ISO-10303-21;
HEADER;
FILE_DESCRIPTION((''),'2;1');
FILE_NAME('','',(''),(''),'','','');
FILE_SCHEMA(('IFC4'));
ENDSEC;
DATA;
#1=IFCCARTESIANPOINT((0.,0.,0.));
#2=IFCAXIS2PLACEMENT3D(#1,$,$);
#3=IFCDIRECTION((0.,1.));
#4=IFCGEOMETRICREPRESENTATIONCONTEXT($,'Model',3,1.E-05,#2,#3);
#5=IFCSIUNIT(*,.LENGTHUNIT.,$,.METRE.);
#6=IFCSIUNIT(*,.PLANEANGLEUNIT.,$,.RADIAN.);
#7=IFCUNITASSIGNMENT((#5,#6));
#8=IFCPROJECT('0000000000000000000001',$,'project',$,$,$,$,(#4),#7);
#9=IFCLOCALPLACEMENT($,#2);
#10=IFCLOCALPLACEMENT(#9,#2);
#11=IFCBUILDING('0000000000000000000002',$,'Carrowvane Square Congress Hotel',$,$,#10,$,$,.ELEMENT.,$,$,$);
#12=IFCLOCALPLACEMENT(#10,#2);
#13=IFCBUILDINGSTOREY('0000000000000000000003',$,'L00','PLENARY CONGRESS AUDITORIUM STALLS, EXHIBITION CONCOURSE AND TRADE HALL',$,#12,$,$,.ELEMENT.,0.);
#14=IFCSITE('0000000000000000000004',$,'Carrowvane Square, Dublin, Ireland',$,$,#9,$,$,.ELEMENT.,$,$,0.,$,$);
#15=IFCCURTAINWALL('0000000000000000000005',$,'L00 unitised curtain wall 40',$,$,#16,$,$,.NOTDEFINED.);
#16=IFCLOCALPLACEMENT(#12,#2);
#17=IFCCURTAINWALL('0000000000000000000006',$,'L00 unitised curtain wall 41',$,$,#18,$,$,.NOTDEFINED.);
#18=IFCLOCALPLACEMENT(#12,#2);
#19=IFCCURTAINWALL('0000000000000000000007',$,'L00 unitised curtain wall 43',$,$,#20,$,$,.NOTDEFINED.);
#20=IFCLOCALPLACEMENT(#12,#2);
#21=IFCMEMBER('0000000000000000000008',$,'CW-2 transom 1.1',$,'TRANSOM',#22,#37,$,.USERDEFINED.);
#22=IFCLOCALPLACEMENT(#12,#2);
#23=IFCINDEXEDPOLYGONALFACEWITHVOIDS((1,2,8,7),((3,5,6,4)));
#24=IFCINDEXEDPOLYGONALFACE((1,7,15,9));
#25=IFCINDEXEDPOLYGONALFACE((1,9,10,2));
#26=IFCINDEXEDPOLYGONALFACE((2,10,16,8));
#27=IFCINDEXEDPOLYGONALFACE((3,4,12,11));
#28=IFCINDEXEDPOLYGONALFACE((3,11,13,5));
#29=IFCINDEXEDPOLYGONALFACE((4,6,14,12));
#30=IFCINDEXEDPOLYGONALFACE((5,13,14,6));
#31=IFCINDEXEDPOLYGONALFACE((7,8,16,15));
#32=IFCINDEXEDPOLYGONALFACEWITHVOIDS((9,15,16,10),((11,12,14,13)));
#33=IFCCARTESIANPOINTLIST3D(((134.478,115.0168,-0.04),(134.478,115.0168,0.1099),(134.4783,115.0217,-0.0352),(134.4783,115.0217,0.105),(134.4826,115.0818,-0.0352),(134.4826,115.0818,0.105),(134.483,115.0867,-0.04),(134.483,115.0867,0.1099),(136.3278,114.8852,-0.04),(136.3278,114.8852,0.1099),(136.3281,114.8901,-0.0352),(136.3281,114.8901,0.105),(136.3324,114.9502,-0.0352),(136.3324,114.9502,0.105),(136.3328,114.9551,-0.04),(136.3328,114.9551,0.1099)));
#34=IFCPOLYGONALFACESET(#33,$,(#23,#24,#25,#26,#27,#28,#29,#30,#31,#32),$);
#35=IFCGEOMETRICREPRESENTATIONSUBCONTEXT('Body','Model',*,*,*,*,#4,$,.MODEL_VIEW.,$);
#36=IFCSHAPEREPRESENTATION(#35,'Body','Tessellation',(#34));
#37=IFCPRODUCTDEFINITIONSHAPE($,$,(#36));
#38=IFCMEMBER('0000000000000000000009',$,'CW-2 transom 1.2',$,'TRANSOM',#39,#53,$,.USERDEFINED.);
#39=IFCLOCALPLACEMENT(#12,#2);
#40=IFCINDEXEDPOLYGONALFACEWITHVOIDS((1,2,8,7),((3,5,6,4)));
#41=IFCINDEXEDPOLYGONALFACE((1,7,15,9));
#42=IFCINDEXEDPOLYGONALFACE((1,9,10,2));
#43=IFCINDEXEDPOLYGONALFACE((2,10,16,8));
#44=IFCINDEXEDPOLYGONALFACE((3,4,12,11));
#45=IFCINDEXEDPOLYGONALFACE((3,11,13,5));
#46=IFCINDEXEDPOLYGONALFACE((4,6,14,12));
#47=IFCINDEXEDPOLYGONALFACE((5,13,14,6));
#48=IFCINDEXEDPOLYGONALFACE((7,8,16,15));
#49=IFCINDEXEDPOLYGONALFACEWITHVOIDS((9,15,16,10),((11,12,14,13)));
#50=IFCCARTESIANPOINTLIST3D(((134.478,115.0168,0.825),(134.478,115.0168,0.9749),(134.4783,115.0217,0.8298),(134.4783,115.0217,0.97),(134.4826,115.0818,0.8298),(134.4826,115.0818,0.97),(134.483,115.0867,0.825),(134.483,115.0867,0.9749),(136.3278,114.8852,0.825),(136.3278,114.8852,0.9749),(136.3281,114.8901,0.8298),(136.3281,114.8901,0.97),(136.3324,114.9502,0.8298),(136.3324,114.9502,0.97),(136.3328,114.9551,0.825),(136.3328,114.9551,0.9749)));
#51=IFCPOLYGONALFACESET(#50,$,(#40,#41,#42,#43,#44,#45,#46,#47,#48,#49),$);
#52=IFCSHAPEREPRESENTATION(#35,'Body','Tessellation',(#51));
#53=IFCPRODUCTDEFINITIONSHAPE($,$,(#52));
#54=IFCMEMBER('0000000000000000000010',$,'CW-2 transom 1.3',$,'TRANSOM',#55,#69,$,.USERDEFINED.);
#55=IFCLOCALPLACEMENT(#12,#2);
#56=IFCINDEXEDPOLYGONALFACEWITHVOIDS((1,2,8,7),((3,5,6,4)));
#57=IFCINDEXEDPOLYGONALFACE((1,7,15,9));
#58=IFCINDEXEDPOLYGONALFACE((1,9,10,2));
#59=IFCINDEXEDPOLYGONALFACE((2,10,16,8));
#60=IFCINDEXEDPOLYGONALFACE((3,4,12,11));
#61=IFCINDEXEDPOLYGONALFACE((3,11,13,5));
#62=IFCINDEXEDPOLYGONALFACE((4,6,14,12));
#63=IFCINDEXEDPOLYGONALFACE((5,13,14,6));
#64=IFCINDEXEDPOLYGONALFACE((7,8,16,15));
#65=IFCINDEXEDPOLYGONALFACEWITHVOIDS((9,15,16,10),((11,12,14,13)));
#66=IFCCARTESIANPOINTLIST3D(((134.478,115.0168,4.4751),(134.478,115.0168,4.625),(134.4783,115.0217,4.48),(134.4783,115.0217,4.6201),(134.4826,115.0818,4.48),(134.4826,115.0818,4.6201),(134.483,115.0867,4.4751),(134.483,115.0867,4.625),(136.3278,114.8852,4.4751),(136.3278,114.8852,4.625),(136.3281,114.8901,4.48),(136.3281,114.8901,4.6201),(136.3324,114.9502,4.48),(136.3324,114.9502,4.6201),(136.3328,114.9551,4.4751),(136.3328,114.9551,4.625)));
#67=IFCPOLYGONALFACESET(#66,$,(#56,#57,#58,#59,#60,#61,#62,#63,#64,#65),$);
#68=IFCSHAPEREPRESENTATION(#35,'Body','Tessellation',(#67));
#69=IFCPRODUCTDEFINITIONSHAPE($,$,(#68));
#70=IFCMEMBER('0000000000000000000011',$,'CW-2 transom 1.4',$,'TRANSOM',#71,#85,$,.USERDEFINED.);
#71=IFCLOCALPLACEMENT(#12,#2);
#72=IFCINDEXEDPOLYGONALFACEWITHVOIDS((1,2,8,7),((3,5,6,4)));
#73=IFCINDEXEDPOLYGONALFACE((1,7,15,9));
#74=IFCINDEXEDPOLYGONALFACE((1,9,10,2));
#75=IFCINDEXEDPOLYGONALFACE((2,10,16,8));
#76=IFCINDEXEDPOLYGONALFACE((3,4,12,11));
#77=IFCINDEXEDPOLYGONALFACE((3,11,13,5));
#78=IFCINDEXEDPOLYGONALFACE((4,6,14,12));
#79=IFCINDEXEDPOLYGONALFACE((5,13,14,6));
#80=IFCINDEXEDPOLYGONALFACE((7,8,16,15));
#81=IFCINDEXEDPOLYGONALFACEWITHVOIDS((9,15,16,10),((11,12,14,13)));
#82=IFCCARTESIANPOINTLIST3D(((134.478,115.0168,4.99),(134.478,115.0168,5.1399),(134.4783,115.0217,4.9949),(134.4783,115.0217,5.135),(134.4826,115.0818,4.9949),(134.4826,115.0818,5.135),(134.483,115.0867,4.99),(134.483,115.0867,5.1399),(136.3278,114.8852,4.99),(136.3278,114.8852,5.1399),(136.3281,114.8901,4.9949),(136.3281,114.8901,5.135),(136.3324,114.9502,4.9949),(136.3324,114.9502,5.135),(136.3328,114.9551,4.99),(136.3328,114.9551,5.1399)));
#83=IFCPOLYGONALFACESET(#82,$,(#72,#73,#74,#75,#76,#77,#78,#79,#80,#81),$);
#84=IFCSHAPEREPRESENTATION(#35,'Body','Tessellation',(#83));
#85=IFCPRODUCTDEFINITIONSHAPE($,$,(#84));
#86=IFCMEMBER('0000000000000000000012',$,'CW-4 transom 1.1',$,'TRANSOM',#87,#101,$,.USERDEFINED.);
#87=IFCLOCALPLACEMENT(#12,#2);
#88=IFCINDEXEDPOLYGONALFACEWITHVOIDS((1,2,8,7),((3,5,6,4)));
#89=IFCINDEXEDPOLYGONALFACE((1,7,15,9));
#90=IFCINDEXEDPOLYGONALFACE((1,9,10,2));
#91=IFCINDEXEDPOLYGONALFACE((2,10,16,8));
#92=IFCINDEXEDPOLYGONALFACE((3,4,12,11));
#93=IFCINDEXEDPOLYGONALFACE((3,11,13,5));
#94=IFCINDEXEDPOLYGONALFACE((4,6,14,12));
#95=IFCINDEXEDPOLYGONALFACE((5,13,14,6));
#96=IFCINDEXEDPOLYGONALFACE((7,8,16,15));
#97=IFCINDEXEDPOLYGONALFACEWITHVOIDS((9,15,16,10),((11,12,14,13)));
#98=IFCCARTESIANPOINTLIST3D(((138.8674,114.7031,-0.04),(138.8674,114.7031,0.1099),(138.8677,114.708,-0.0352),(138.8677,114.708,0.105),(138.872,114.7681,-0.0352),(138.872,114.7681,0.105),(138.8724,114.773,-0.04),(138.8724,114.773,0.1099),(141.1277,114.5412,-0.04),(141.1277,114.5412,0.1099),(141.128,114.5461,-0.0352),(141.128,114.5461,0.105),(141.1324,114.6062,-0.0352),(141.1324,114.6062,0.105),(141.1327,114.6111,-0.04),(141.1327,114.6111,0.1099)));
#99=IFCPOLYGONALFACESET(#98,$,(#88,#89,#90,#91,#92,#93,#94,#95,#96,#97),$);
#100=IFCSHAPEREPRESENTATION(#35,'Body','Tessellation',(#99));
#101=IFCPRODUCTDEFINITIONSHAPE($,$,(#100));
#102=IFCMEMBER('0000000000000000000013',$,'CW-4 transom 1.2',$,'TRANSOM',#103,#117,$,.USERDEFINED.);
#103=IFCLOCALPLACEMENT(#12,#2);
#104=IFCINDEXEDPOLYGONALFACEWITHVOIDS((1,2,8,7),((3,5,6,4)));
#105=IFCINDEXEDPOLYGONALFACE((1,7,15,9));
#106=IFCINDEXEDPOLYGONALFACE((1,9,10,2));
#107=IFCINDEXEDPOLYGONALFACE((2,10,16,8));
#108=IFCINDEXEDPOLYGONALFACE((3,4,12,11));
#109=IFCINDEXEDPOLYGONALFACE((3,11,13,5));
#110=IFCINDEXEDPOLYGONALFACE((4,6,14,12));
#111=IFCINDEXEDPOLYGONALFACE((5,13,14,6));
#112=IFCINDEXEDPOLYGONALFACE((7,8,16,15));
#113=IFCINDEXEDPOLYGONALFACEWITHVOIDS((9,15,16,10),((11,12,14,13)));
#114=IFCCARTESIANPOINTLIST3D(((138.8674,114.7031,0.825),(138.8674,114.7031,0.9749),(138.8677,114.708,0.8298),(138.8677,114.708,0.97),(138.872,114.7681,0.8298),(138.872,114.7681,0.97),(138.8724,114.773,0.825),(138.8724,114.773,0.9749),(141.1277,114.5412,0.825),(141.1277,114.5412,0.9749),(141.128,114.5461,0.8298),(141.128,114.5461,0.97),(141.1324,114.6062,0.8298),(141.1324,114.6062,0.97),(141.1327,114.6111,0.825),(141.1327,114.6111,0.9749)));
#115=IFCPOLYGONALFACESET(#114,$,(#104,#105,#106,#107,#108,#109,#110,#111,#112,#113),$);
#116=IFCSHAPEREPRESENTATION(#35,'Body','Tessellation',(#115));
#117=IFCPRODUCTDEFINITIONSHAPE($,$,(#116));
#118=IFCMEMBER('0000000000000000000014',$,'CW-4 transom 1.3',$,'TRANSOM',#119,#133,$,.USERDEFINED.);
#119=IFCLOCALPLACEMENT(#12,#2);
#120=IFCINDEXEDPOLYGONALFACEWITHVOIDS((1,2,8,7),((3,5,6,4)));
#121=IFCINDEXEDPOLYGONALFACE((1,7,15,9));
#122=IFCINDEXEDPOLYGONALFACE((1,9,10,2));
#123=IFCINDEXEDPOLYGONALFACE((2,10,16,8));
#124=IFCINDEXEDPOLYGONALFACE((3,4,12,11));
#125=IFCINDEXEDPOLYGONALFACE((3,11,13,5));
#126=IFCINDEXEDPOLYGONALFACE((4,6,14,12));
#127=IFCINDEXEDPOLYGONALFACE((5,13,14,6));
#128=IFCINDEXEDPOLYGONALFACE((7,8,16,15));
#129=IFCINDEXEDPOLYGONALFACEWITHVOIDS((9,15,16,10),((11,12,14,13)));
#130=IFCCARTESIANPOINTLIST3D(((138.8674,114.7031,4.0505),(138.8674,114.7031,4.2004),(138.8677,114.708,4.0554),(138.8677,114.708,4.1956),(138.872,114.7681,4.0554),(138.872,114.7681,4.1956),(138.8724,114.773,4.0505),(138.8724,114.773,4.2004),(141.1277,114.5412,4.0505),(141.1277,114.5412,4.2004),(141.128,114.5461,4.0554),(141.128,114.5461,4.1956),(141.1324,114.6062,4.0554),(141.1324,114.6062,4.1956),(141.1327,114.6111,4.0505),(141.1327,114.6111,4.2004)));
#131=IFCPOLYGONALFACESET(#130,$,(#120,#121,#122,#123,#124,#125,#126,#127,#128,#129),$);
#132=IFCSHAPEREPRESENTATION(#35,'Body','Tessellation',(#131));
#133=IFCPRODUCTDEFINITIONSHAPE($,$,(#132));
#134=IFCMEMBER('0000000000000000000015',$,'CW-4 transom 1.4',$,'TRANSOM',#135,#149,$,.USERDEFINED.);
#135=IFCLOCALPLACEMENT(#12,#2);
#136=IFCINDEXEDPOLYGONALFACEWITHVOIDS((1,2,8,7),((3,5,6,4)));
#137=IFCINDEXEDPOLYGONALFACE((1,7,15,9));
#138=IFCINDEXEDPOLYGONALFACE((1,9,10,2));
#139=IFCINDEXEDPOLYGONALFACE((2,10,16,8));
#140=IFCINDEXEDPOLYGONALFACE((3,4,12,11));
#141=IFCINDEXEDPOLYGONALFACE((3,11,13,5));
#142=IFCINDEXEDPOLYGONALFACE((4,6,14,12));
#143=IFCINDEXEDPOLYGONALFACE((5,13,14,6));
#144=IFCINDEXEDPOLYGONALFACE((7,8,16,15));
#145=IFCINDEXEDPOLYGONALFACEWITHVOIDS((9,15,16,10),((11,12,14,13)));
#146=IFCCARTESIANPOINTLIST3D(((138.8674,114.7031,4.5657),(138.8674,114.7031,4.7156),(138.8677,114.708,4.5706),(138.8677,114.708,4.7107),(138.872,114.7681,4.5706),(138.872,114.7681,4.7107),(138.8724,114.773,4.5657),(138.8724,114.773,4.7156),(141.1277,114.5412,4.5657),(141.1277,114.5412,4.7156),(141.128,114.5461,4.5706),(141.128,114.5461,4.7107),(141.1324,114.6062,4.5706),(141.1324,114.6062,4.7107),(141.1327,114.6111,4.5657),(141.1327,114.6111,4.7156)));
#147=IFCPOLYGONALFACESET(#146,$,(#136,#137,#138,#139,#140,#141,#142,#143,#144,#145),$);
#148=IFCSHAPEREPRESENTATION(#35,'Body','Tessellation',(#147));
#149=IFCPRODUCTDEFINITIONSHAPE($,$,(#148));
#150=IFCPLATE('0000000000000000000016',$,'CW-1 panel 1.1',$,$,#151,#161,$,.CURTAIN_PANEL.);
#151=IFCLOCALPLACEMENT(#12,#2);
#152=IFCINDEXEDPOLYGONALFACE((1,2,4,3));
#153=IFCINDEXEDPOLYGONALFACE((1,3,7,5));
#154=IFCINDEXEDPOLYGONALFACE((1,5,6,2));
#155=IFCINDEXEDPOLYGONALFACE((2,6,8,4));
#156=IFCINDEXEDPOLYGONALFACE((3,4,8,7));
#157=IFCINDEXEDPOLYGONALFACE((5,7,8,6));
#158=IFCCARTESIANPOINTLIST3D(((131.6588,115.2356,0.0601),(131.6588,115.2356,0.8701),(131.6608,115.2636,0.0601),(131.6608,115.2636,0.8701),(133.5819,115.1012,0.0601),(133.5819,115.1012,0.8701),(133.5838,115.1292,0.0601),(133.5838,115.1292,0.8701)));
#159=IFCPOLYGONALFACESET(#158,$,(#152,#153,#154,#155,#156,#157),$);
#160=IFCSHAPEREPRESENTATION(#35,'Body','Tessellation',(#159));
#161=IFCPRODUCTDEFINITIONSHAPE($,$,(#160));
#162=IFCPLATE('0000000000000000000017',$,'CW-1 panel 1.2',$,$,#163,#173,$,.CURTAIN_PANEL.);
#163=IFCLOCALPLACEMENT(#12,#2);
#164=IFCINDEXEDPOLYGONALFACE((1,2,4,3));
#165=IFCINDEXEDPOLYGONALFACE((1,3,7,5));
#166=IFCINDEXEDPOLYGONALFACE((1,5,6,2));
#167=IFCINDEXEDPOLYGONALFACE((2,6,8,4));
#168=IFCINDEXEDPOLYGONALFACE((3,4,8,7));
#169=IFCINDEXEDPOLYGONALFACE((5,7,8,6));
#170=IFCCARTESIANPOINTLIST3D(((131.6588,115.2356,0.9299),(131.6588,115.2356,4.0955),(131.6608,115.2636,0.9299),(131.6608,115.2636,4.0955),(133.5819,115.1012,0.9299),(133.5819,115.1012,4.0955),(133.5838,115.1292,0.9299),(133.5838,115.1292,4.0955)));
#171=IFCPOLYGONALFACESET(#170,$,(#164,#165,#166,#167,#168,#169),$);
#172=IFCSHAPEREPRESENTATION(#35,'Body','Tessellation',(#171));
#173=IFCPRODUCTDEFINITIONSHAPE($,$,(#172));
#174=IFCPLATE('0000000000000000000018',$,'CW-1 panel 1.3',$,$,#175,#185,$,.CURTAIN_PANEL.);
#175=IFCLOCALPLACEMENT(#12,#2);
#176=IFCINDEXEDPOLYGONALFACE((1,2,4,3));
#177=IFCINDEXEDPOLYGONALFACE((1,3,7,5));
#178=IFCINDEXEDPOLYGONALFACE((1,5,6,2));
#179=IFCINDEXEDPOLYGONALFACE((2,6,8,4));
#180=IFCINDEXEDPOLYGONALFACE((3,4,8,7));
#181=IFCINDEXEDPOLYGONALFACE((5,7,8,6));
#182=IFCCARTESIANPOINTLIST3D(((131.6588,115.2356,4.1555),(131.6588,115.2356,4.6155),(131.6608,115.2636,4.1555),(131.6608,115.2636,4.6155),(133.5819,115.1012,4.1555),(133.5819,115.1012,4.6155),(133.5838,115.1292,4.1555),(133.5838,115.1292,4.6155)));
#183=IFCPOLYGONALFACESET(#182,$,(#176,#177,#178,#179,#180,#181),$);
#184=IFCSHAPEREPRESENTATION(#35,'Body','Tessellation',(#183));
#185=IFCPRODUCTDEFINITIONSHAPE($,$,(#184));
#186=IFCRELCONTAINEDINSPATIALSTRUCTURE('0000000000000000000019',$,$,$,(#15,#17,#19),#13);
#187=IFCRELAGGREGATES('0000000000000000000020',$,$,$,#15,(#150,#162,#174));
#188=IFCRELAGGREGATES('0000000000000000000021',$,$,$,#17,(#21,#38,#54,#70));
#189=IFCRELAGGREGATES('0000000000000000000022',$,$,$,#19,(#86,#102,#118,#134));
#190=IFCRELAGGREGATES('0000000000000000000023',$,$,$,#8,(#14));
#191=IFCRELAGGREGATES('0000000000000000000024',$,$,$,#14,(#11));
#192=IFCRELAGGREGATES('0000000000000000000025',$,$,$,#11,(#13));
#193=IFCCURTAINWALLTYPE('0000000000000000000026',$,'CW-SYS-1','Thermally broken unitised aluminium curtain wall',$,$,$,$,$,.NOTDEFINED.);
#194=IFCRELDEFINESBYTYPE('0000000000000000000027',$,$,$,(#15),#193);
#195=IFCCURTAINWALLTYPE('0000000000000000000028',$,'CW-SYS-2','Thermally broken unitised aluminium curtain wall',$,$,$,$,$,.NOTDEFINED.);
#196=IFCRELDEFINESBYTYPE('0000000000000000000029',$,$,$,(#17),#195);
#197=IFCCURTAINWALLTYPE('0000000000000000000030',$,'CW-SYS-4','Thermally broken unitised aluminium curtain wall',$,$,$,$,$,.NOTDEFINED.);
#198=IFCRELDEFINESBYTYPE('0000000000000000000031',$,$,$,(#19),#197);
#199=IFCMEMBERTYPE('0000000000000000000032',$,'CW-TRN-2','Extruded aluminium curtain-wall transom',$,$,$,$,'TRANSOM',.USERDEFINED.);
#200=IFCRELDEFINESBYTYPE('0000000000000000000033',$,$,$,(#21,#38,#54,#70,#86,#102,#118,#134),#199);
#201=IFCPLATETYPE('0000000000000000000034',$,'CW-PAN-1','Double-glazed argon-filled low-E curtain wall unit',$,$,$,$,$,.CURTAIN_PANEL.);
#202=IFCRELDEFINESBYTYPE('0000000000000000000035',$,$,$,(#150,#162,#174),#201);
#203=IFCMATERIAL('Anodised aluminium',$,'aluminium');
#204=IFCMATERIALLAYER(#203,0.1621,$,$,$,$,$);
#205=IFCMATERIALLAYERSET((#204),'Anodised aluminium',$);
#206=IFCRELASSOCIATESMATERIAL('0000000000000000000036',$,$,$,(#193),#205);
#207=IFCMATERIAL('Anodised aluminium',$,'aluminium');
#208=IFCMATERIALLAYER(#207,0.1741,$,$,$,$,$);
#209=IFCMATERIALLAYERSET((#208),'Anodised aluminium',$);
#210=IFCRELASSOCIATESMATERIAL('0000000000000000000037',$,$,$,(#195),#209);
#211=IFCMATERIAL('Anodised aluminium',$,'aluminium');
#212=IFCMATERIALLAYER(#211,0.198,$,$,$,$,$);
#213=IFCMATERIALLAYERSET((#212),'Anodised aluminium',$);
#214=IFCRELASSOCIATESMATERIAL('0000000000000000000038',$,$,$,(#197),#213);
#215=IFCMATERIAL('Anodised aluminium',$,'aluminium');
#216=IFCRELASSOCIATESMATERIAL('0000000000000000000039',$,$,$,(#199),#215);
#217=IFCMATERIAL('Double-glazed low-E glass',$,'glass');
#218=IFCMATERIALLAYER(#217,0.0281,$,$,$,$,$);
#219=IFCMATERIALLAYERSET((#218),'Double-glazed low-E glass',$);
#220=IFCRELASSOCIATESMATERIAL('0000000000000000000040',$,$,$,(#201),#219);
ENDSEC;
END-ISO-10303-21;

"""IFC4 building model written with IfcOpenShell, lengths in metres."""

from ifc_helpers import new_model, si_unit, direction, frame, origin, origin_2d, place, context, subcontext, project, spatial, rectangle, hollow_rectangle, extrude, material, layer, layer_set, material_profile, profile_set, type_object, element, aggregate, save


model = new_model("IFC4")

# Units and contexts
model_context = context("Model", 3, precision=1e-05, world=origin(), true_north=direction((0.0, 1.0)))
body_context = subcontext(model_context, "Body", "Model", "MODEL_VIEW")
ifc_project = project(units=[si_unit("LENGTHUNIT", "METRE"), si_unit("PLANEANGLEUNIT", "RADIAN")], contexts=[model_context])

# Site, building, storey
site_placement = place(None, origin())
site = spatial("IfcSite", under=ifc_project, at=site_placement, Name="Carrowvane Square, Dublin, Ireland", CompositionType="ELEMENT", RefElevation=0.0)
building_placement = place(site_placement, origin())
building = spatial("IfcBuilding", under=site, at=building_placement, Name="Carrowvane Square Congress Hotel", CompositionType="ELEMENT")
storey_placement = place(building_placement, origin())
storey = spatial("IfcBuildingStorey", under=building, at=storey_placement, Name="L00", Description="PLENARY CONGRESS AUDITORIUM STALLS, EXHIBITION CONCOURSE AND TRADE HALL", CompositionType="ELEMENT", Elevation=0.0)

# Curtain wall
ifc_material_1 = material(Name="Anodised aluminium", Category="aluminium")
ifc_layer_1 = layer(ifc_material_1, 0.1621)
ifc_layer_set_1 = layer_set([ifc_layer_1], Name="Anodised aluminium")
curtain_wall_type_1 = type_object("IfcCurtainWallType", Name="CW-SYS-1", Description="Thermally broken unitised aluminium curtain wall", PredefinedType="NOTDEFINED", material=ifc_layer_set_1)
curtain_wall_1_placement = place(storey_placement, origin())
curtain_wall_1 = element("IfcCurtainWall", 1, at=curtain_wall_1_placement, inside=storey, type_object=curtain_wall_type_1, Name="L00 unitised curtain wall 40", PredefinedType="NOTDEFINED")

# Curtain walls
ifc_material_2 = material(Name="Anodised aluminium", Category="aluminium")
ifc_layer_2 = layer(ifc_material_2, 0.1741)
ifc_layer_set_2 = layer_set([ifc_layer_2], Name="Anodised aluminium")
curtain_wall_type_2 = type_object("IfcCurtainWallType", Name="CW-SYS-2", Description="Thermally broken unitised aluminium curtain wall", PredefinedType="NOTDEFINED", material=ifc_layer_set_2)
curtain_wall_2_placement = place(storey_placement, origin())
curtain_wall_2 = element("IfcCurtainWall", 2, at=curtain_wall_2_placement, inside=storey, type_object=curtain_wall_type_2, Name="L00 unitised curtain wall 41", PredefinedType="NOTDEFINED")
ifc_material_3 = material(Name="Anodised aluminium", Category="aluminium")
ifc_layer_3 = layer(ifc_material_3, 0.198)
ifc_layer_set_3 = layer_set([ifc_layer_3], Name="Anodised aluminium")
curtain_wall_type_3 = type_object("IfcCurtainWallType", Name="CW-SYS-4", Description="Thermally broken unitised aluminium curtain wall", PredefinedType="NOTDEFINED", material=ifc_layer_set_3)
curtain_wall_3_placement = place(storey_placement, origin())
curtain_wall_3 = element("IfcCurtainWall", 3, at=curtain_wall_3_placement, inside=storey, type_object=curtain_wall_type_3, Name="L00 unitised curtain wall 43", PredefinedType="NOTDEFINED")

# Members
ifc_material_4 = material(Name="Anodised aluminium", Category="aluminium")
ifc_material_profile_1 = material_profile(ifc_material_4, hollow_rectangle(XDim=0.0701, YDim=0.1499, WallThickness=0.0049, at=origin_2d()), Name="CW-TR 70x150x5")
ifc_profile_set_1 = profile_set([ifc_material_profile_1], Name="Anodised aluminium")
member_type_1 = type_object("IfcMemberType", Name="CW-TRN-2", Description="Extruded aluminium curtain-wall transom", ElementType="TRANSOM", PredefinedType="USERDEFINED", material=ifc_profile_set_1)
member_1_placement = place(storey_placement, frame((134.4805, 115.0518, 0.0349), z_axis=(0.997479, -0.070957, 0.0), x_axis=(0.070957, 0.997479, 0.0)))
member_1 = element("IfcMember", 4, at=member_1_placement, type_object=member_type_1, Name="CW-2 transom 1.1", ObjectType="TRANSOM", PredefinedType="USERDEFINED", context=body_context, shape_type="SweptSolid", body=[
    extrude(hollow_rectangle(XDim=0.0701, YDim=0.1499, WallThickness=0.0049, at=origin_2d()), origin(), (0.0, 0.0, 1.0), 1.8545),
])
member_2_placement = place(storey_placement, frame((134.4805, 115.0518, 0.8999), z_axis=(0.997479, -0.070957, 0.0), x_axis=(0.070957, 0.997479, 0.0)))
member_2 = element("IfcMember", 5, at=member_2_placement, type_object=member_type_1, Name="CW-2 transom 1.2", ObjectType="TRANSOM", PredefinedType="USERDEFINED", context=body_context, shape_type="SweptSolid", body=[
    extrude(hollow_rectangle(XDim=0.0701, YDim=0.1499, WallThickness=0.0049, at=origin_2d()), origin(), (0.0, 0.0, 1.0), 1.8545),
])
member_3_placement = place(storey_placement, frame((134.4805, 115.0518, 4.55), z_axis=(0.997479, -0.070957, 0.0), x_axis=(0.070957, 0.997479, 0.0)))
member_3 = element("IfcMember", 6, at=member_3_placement, type_object=member_type_1, Name="CW-2 transom 1.3", ObjectType="TRANSOM", PredefinedType="USERDEFINED", context=body_context, shape_type="SweptSolid", body=[
    extrude(hollow_rectangle(XDim=0.0701, YDim=0.1499, WallThickness=0.0049, at=origin_2d()), origin(), (0.0, 0.0, 1.0), 1.8545),
])
member_4_placement = place(storey_placement, frame((134.4805, 115.0518, 5.0649), z_axis=(0.997479, -0.070957, 0.0), x_axis=(0.070957, 0.997479, 0.0)))
member_4 = element("IfcMember", 7, at=member_4_placement, type_object=member_type_1, Name="CW-2 transom 1.4", ObjectType="TRANSOM", PredefinedType="USERDEFINED", context=body_context, shape_type="SweptSolid", body=[
    extrude(hollow_rectangle(XDim=0.0701, YDim=0.1499, WallThickness=0.0049, at=origin_2d()), origin(), (0.0, 0.0, 1.0), 1.8545),
])
member_5_placement = place(storey_placement, frame((138.8699, 114.738, 0.0349), z_axis=(0.997446, -0.071431, 0.0), x_axis=(0.071431, 0.997446, 0.0)))
member_5 = element("IfcMember", 8, at=member_5_placement, type_object=member_type_1, Name="CW-4 transom 1.1", ObjectType="TRANSOM", PredefinedType="USERDEFINED", context=body_context, shape_type="SweptSolid", body=[
    extrude(hollow_rectangle(XDim=0.0701, YDim=0.1499, WallThickness=0.0049, at=origin_2d()), origin(), (0.0, 0.0, 1.0), 2.2661),
])
member_6_placement = place(storey_placement, frame((138.8699, 114.738, 0.8999), z_axis=(0.997446, -0.071431, 0.0), x_axis=(0.071431, 0.997446, 0.0)))
member_6 = element("IfcMember", 9, at=member_6_placement, type_object=member_type_1, Name="CW-4 transom 1.2", ObjectType="TRANSOM", PredefinedType="USERDEFINED", context=body_context, shape_type="SweptSolid", body=[
    extrude(hollow_rectangle(XDim=0.0701, YDim=0.1499, WallThickness=0.0049, at=origin_2d()), origin(), (0.0, 0.0, 1.0), 2.2661),
])
member_7_placement = place(storey_placement, frame((138.8699, 114.738, 4.1255), z_axis=(0.997446, -0.071431, 0.0), x_axis=(0.071431, 0.997446, 0.0)))
member_7 = element("IfcMember", 10, at=member_7_placement, type_object=member_type_1, Name="CW-4 transom 1.3", ObjectType="TRANSOM", PredefinedType="USERDEFINED", context=body_context, shape_type="SweptSolid", body=[
    extrude(hollow_rectangle(XDim=0.0701, YDim=0.1499, WallThickness=0.0049, at=origin_2d()), origin(), (0.0, 0.0, 1.0), 2.2661),
])
member_8_placement = place(storey_placement, frame((138.8699, 114.738, 4.6406), z_axis=(0.997446, -0.071431, 0.0), x_axis=(0.071431, 0.997446, 0.0)))
member_8 = element("IfcMember", 11, at=member_8_placement, type_object=member_type_1, Name="CW-4 transom 1.4", ObjectType="TRANSOM", PredefinedType="USERDEFINED", context=body_context, shape_type="SweptSolid", body=[
    extrude(hollow_rectangle(XDim=0.0701, YDim=0.1499, WallThickness=0.0049, at=origin_2d()), origin(), (0.0, 0.0, 1.0), 2.2661),
])

# Plates
ifc_material_5 = material(Name="Double-glazed low-E glass", Category="glass")
ifc_layer_4 = layer(ifc_material_5, 0.0281)
ifc_layer_set_4 = layer_set([ifc_layer_4], Name="Double-glazed low-E glass")
plate_type_1 = type_object("IfcPlateType", Name="CW-PAN-1", Description="Double-glazed argon-filled low-E curtain wall unit", PredefinedType="CURTAIN_PANEL", material=ifc_layer_set_4)
plate_1_placement = place(storey_placement, frame((132.6213, 115.1824, 0.0601), z_axis=(0.0, 0.0, 1.0), x_axis=(0.997566, -0.069727, 0.0)))
plate_1 = element("IfcPlate", 12, at=plate_1_placement, type_object=plate_type_1, Name="CW-1 panel 1.1", PredefinedType="CURTAIN_PANEL", context=body_context, shape_type="SweptSolid", body=[
    extrude(rectangle(XDim=1.9277, YDim=0.0281, at=origin_2d()), origin(), (0.0, 0.0, 1.0), 0.8101),
])
plate_2_placement = place(storey_placement, frame((132.6213, 115.1824, 0.9299), z_axis=(0.0, 0.0, 1.0), x_axis=(0.997566, -0.069727, 0.0)))
plate_2 = element("IfcPlate", 13, at=plate_2_placement, type_object=plate_type_1, Name="CW-1 panel 1.2", PredefinedType="CURTAIN_PANEL", context=body_context, shape_type="SweptSolid", body=[
    extrude(rectangle(XDim=1.9277, YDim=0.0281, at=origin_2d()), origin(), (0.0, 0.0, 1.0), 3.1655),
])
plate_3_placement = place(storey_placement, frame((132.6213, 115.1824, 4.1555), z_axis=(0.0, 0.0, 1.0), x_axis=(0.997566, -0.069727, 0.0)))
plate_3 = element("IfcPlate", 14, at=plate_3_placement, type_object=plate_type_1, Name="CW-1 panel 1.3", PredefinedType="CURTAIN_PANEL", context=body_context, shape_type="SweptSolid", body=[
    extrude(rectangle(XDim=1.9277, YDim=0.0281, at=origin_2d()), origin(), (0.0, 0.0, 1.0), 0.46),
])
aggregate(curtain_wall_1, [plate_1, plate_2, plate_3])
aggregate(curtain_wall_2, [member_1, member_2, member_3, member_4])
aggregate(curtain_wall_3, [member_5, member_6, member_7, member_8])

save(model, "model.ifc")
